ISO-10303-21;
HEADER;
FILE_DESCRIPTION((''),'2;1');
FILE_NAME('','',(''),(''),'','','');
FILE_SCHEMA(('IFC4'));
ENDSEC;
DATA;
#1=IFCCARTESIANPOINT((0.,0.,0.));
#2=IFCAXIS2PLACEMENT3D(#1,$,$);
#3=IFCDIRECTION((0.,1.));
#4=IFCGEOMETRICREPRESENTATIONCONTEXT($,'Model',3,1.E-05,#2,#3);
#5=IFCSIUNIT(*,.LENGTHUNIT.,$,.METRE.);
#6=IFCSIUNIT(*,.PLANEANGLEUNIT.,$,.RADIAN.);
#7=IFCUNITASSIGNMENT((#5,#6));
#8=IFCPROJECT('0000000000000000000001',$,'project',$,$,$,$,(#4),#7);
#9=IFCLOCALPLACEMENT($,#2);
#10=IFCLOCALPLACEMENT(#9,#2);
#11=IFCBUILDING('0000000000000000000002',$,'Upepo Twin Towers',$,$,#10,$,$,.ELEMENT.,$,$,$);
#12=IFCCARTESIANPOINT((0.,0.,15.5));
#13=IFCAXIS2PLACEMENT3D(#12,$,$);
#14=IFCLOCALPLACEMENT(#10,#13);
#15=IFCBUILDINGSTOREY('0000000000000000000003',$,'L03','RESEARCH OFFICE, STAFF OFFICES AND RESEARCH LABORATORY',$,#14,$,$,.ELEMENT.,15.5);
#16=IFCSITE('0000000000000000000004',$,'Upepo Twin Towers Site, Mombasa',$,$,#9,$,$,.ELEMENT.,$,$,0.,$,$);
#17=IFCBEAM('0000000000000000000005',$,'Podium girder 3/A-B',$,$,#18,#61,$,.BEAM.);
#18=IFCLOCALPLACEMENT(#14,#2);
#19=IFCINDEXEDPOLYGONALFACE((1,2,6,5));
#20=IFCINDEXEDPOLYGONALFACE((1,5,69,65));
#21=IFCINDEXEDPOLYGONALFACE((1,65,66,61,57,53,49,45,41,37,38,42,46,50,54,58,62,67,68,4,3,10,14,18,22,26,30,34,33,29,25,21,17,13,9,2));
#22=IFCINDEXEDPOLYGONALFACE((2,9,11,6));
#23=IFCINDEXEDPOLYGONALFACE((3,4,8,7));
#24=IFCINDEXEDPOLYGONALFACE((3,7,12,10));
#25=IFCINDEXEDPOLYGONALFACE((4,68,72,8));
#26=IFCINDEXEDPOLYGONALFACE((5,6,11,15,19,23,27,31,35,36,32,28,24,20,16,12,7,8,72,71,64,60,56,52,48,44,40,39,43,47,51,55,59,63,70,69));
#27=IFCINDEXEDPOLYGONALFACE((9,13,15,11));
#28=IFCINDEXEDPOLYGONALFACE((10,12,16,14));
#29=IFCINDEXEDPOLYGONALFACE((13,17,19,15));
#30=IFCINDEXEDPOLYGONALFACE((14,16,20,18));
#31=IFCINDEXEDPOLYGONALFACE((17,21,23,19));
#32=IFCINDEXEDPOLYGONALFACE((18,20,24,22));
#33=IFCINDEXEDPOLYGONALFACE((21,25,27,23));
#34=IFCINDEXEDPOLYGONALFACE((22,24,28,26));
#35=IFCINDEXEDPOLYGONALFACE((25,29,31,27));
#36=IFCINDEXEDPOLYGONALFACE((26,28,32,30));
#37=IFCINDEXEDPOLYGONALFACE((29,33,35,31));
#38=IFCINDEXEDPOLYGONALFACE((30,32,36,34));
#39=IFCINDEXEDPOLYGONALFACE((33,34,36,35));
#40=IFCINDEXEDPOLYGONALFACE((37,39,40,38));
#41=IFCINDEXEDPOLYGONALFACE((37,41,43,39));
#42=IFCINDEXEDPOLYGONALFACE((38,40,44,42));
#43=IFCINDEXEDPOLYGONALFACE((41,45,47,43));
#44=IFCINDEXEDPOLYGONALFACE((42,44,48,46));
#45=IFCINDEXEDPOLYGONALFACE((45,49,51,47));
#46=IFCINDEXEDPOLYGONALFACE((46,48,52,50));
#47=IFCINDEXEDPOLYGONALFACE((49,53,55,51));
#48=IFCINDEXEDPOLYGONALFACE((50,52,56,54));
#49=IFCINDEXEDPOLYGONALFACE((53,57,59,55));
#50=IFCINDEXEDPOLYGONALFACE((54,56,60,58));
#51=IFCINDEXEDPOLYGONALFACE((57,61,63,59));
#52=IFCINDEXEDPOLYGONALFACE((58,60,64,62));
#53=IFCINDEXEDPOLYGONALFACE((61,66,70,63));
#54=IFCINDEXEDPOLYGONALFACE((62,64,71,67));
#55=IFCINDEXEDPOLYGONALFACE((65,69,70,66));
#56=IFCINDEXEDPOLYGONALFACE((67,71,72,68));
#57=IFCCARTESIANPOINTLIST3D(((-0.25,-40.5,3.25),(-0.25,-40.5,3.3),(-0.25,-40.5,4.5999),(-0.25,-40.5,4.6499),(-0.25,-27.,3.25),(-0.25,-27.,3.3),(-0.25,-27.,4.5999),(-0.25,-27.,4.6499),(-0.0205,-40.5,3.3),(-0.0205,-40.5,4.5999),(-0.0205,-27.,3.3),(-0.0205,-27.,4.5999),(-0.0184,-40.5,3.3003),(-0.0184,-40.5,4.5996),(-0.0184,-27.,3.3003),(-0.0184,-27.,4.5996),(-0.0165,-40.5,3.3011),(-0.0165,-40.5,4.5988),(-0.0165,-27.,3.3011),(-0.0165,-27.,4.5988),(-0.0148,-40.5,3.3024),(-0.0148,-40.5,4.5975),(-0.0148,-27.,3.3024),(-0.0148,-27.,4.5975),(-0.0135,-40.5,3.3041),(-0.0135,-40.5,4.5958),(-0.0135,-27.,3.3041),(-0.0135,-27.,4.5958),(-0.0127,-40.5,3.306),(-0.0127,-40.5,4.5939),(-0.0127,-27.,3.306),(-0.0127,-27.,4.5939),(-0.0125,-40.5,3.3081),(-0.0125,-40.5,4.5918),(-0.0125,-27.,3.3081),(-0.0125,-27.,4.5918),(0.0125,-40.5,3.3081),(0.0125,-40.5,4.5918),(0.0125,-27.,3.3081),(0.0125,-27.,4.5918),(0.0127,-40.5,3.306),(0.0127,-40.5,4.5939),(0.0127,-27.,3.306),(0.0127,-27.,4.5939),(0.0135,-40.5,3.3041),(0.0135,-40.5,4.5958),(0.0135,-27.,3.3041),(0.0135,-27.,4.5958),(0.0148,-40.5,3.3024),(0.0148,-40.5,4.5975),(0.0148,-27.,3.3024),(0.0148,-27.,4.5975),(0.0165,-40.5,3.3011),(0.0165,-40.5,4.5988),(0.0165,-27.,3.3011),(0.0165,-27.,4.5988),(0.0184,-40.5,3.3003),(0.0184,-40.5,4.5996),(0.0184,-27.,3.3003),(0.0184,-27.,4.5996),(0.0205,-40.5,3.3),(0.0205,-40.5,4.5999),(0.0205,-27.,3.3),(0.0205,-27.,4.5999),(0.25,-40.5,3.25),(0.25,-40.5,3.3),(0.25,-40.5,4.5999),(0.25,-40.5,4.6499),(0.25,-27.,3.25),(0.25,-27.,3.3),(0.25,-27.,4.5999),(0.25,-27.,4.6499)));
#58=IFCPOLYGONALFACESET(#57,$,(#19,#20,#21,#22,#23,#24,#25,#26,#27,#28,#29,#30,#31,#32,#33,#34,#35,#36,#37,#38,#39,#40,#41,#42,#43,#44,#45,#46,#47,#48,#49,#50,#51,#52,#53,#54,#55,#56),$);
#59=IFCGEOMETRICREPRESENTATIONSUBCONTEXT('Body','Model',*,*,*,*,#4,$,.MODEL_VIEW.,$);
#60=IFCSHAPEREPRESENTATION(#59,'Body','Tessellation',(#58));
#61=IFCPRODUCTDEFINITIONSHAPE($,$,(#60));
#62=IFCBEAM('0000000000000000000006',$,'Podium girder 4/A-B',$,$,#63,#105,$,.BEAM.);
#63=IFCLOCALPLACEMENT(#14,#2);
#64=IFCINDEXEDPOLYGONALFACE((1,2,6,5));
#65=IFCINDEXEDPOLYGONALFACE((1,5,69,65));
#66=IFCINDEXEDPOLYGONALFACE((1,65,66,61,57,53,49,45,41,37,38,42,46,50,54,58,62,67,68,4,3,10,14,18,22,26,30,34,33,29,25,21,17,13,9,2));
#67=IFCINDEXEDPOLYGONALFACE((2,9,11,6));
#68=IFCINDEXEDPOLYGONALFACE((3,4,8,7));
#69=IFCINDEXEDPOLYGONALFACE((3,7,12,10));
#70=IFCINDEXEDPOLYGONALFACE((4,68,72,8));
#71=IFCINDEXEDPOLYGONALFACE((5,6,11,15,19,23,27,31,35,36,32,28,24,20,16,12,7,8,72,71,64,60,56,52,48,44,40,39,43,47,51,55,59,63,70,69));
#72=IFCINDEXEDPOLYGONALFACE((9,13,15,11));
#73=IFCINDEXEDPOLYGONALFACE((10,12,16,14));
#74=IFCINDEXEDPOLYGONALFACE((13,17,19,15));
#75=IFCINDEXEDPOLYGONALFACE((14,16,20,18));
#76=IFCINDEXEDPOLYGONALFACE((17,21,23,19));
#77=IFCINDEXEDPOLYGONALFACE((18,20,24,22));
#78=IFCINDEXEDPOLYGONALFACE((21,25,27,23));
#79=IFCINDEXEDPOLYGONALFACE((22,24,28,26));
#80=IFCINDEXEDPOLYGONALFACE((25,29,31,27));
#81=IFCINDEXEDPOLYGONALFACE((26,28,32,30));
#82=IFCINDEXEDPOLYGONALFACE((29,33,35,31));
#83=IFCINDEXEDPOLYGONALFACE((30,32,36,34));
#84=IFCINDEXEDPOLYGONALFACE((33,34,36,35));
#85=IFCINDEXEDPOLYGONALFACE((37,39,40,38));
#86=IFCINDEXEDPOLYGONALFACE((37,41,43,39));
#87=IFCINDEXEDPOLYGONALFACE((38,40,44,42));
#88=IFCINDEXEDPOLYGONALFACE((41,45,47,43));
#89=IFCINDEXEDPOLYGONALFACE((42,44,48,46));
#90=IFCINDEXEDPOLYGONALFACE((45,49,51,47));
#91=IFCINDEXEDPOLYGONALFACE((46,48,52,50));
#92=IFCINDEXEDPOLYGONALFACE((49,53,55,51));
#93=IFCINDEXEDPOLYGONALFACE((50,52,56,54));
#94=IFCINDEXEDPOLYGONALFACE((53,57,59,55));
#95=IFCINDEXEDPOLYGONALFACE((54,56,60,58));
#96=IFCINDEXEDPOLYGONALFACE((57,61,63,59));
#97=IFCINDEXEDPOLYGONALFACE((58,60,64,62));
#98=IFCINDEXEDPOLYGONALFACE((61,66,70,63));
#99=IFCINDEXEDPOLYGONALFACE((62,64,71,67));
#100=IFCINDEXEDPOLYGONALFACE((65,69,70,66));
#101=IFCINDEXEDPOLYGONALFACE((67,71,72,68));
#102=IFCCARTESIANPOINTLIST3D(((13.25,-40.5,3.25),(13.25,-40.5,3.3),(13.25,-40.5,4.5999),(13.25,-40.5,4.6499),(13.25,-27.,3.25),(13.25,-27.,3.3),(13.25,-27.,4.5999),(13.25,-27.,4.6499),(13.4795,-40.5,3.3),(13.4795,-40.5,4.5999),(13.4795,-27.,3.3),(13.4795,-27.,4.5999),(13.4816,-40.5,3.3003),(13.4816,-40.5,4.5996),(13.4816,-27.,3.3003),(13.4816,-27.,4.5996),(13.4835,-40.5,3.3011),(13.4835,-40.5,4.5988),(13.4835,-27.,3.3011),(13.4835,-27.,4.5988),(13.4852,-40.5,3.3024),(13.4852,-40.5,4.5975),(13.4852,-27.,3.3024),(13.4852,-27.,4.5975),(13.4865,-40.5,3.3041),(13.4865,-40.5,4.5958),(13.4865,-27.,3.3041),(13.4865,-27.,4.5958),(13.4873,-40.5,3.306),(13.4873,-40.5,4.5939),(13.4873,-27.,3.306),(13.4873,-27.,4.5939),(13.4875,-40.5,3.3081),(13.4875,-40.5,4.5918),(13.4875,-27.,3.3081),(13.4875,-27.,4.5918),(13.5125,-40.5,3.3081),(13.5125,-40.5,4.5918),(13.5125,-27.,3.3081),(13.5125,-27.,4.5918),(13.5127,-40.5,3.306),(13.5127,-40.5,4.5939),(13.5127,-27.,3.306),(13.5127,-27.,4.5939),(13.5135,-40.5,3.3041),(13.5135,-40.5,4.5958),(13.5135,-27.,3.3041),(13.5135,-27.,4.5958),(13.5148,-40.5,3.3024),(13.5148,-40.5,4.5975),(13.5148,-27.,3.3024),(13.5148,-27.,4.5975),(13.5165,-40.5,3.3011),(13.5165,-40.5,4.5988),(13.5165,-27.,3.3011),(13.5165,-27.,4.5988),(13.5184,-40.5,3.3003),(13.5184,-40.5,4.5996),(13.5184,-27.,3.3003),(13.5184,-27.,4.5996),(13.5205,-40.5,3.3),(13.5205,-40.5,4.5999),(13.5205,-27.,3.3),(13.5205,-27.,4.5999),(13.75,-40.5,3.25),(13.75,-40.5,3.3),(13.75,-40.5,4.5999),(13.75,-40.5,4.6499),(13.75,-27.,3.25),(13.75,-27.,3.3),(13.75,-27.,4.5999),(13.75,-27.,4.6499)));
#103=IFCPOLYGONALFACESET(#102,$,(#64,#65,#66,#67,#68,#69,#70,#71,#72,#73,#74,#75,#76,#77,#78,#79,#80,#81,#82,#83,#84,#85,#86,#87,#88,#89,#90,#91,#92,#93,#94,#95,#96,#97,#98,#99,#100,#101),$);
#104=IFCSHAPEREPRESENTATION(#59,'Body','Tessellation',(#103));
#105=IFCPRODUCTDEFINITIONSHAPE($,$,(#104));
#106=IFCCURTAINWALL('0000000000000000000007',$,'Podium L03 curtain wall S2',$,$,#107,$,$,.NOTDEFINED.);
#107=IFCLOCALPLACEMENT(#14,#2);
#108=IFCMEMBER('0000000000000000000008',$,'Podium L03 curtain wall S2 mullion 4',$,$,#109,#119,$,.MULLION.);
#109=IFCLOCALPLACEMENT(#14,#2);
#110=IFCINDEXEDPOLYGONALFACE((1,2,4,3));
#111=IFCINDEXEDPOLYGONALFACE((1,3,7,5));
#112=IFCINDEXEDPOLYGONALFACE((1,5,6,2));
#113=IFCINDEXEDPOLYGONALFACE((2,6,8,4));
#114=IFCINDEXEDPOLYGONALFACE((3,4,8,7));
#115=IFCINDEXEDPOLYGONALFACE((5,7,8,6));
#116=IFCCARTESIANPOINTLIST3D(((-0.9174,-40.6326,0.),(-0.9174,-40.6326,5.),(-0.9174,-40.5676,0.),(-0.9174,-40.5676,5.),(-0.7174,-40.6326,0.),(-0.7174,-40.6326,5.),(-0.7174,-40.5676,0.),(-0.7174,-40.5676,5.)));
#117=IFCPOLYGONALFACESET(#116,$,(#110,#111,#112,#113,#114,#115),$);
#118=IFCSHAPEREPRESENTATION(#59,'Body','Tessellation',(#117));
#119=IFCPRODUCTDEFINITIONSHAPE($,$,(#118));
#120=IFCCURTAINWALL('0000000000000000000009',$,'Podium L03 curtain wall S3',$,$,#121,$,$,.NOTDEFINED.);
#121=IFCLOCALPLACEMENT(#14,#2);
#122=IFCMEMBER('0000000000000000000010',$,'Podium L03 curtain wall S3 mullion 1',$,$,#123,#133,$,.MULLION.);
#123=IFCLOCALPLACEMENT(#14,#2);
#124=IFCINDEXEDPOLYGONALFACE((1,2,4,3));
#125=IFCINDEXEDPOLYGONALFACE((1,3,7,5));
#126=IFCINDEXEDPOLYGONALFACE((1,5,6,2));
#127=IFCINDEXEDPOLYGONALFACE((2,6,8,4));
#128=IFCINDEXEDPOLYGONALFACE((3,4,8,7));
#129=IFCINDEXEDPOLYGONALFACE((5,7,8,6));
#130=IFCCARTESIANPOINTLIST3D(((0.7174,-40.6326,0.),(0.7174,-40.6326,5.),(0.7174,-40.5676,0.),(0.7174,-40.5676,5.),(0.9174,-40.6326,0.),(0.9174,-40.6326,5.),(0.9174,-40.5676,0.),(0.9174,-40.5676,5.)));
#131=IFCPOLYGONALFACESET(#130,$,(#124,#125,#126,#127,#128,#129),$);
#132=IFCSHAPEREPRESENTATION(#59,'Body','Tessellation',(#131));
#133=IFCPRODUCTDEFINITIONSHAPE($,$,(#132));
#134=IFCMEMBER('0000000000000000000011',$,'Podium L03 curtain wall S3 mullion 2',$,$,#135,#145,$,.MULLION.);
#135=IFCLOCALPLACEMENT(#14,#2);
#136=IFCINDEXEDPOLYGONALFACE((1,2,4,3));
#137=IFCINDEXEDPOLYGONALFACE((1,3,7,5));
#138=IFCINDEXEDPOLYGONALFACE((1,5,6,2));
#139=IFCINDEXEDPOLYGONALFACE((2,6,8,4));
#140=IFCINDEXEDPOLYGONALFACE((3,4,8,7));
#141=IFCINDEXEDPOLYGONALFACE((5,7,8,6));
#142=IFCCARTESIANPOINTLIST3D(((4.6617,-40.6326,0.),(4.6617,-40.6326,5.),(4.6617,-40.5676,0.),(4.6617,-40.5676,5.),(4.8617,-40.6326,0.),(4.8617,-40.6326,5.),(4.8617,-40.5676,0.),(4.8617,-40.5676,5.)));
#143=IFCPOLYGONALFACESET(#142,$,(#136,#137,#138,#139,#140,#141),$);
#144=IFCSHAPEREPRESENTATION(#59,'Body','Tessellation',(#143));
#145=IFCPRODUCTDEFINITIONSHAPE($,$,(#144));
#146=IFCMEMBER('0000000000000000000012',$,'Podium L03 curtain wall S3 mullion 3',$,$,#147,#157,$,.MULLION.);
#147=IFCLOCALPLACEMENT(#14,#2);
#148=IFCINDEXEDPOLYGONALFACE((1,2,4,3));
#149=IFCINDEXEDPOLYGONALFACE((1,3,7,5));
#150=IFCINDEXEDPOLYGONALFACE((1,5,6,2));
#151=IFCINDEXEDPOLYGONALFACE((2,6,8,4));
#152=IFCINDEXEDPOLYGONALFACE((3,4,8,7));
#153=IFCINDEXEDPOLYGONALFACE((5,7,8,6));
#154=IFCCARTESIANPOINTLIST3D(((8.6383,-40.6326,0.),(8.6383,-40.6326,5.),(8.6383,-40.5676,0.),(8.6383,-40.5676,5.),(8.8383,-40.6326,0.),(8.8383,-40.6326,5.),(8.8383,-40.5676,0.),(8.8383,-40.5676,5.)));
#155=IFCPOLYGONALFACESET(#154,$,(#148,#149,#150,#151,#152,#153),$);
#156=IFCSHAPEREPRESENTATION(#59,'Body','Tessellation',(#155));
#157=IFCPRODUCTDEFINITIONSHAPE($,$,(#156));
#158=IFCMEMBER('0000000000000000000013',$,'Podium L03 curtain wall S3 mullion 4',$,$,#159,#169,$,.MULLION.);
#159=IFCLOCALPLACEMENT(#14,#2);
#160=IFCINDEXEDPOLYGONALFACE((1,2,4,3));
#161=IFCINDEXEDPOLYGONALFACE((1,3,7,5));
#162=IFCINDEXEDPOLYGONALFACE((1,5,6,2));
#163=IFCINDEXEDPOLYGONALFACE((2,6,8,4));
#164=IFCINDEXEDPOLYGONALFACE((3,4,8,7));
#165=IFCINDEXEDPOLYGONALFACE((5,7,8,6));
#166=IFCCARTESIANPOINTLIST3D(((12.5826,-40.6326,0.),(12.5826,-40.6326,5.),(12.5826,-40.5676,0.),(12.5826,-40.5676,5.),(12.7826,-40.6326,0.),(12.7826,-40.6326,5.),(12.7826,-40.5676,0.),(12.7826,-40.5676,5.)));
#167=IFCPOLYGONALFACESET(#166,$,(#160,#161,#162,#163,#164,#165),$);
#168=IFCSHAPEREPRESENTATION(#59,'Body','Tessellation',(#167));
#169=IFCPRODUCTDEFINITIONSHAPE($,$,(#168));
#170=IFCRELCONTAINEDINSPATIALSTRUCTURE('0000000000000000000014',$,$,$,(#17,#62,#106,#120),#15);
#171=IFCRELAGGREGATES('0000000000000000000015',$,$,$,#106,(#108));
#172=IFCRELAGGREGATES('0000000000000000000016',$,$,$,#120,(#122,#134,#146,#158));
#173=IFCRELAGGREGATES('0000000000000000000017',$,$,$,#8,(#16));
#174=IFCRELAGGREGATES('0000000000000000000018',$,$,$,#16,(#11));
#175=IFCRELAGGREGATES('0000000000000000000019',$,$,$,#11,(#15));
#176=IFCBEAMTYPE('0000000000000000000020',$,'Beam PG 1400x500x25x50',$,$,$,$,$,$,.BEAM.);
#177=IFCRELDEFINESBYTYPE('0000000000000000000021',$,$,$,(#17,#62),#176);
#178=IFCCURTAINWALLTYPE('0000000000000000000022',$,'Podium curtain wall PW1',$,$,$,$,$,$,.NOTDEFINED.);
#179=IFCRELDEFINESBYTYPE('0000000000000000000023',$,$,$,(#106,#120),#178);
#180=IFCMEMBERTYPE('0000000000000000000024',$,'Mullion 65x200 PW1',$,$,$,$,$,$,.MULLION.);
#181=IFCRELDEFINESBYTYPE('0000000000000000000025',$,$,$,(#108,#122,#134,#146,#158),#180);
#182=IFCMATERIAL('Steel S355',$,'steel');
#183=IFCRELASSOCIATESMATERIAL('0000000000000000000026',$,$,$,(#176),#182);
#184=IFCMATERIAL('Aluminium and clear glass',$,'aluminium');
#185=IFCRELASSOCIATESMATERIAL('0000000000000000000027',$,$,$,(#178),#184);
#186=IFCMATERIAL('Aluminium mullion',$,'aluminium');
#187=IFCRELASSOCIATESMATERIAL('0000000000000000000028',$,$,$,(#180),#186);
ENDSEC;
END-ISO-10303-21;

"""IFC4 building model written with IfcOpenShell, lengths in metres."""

from ifc_helpers import new_model, si_unit, direction, frame, origin, origin_2d, place, context, subcontext, project, spatial, rectangle, i_section, extrude, material, material_profile, profile_set, type_object, element, aggregate, save


model = new_model("IFC4")

# Units and contexts
model_context = context("Model", 3, precision=1e-05, world=origin(), true_north=direction((0.0, 1.0)))
body_context = subcontext(model_context, "Body", "Model", "MODEL_VIEW")
ifc_project = project(units=[si_unit("LENGTHUNIT", "METRE"), si_unit("PLANEANGLEUNIT", "RADIAN")], contexts=[model_context])

# Site, building, storey
site_placement = place(None, origin())
site = spatial("IfcSite", under=ifc_project, at=site_placement, Name="Upepo Twin Towers Site, Mombasa", CompositionType="ELEMENT", RefElevation=0.0)
building_placement = place(site_placement, origin())
building = spatial("IfcBuilding", under=site, at=building_placement, Name="Upepo Twin Towers", CompositionType="ELEMENT")
storey_placement = place(building_placement, frame((0.0, 0.0, 15.5)))
storey = spatial("IfcBuildingStorey", under=building, at=storey_placement, Name="L03", Description="RESEARCH OFFICE, STAFF OFFICES AND RESEARCH LABORATORY", CompositionType="ELEMENT", Elevation=15.5)

# Beams
ifc_material_1 = material(Name="Steel S355", Category="steel")
ifc_material_profile_1 = material_profile(ifc_material_1, i_section(OverallWidth=0.5, OverallDepth=1.3999, WebThickness=0.0249, FlangeThickness=0.05, FilletRadius=0.0081, at=origin_2d()), Name="PG 1400x500x25x50")
ifc_profile_set_1 = profile_set([ifc_material_profile_1], Name="Steel S355")
beam_type_1 = type_object("IfcBeamType", Name="Beam PG 1400x500x25x50", PredefinedType="BEAM", material=ifc_profile_set_1)
for number, where, z_axis, x_axis, name in (
    (1, (0.0, -40.5, 3.95), (0.0, 1.0, 0.0), (-1.0, 0.0, 0.0), "Podium girder 3/A-B"),
    (2, (13.5, -40.5, 3.95), (0.0, 1.0, 0.0), (-1.0, 0.0, 0.0), "Podium girder 4/A-B"),
):
    element("IfcBeam", number, at=place(storey_placement, frame(where, z_axis=z_axis, x_axis=x_axis)), inside=storey, type_object=beam_type_1, Name=name, PredefinedType="BEAM", context=body_context, shape_type="SweptSolid", body=[
        extrude(i_section(OverallWidth=0.5, OverallDepth=1.3999, WebThickness=0.0249, FlangeThickness=0.05, FilletRadius=0.0081, at=origin_2d()), origin(), (0.0, 0.0, 1.0), 13.5),
    ])

# Curtain wall, member
ifc_material_2 = material(Name="Aluminium and clear glass", Category="aluminium")
curtain_wall_type = type_object("IfcCurtainWallType", Name="Podium curtain wall PW1", PredefinedType="NOTDEFINED", material=ifc_material_2)
curtain_wall_1_placement = place(storey_placement, origin())
curtain_wall_1 = element("IfcCurtainWall", 3, at=curtain_wall_1_placement, inside=storey, type_object=curtain_wall_type, Name="Podium L03 curtain wall S2", PredefinedType="NOTDEFINED")
ifc_material_3 = material(Name="Aluminium mullion", Category="aluminium")
ifc_material_profile_2 = material_profile(ifc_material_3, rectangle(XDim=0.0649, YDim=0.2, at=origin_2d()), Name="MULLION 65x200 PODIUM")
ifc_profile_set_2 = profile_set([ifc_material_profile_2], Name="Aluminium mullion")
member_type_1 = type_object("IfcMemberType", Name="Mullion 65x200 PW1", PredefinedType="MULLION", material=ifc_profile_set_2)
member_1_placement = place(storey_placement, frame((-0.8174, -40.6001, 0.0), z_axis=(0.0, 0.0, 1.0), x_axis=(0.0, 1.0, 0.0)))
member_1 = element("IfcMember", 4, at=member_1_placement, type_object=member_type_1, Name="Podium L03 curtain wall S2 mullion 4", PredefinedType="MULLION", context=body_context, shape_type="SweptSolid", body=[
    extrude(rectangle(XDim=0.0649, YDim=0.2, at=origin_2d()), origin(), (0.0, 0.0, 1.0), 5.0),
])

# Curtain wall, members
curtain_wall_2_placement = place(storey_placement, origin())
curtain_wall_2 = element("IfcCurtainWall", 5, at=curtain_wall_2_placement, inside=storey, type_object=curtain_wall_type, Name="Podium L03 curtain wall S3", PredefinedType="NOTDEFINED")
member_2_placement = place(storey_placement, frame((0.8174, -40.6001, 0.0), z_axis=(0.0, 0.0, 1.0), x_axis=(0.0, 1.0, 0.0)))
member_2 = element("IfcMember", 6, at=member_2_placement, type_object=member_type_1, Name="Podium L03 curtain wall S3 mullion 1", PredefinedType="MULLION", context=body_context, shape_type="SweptSolid", body=[
    extrude(rectangle(XDim=0.0649, YDim=0.2, at=origin_2d()), origin(), (0.0, 0.0, 1.0), 5.0),
])
member_3_placement = place(storey_placement, frame((4.7617, -40.6001, 0.0), z_axis=(0.0, 0.0, 1.0), x_axis=(0.0, 1.0, 0.0)))
member_3 = element("IfcMember", 7, at=member_3_placement, type_object=member_type_1, Name="Podium L03 curtain wall S3 mullion 2", PredefinedType="MULLION", context=body_context, shape_type="SweptSolid", body=[
    extrude(rectangle(XDim=0.0649, YDim=0.2, at=origin_2d()), origin(), (0.0, 0.0, 1.0), 5.0),
])
member_4_placement = place(storey_placement, frame((8.7383, -40.6001, 0.0), z_axis=(0.0, 0.0, 1.0), x_axis=(0.0, 1.0, 0.0)))
member_4 = element("IfcMember", 8, at=member_4_placement, type_object=member_type_1, Name="Podium L03 curtain wall S3 mullion 3", PredefinedType="MULLION", context=body_context, shape_type="SweptSolid", body=[
    extrude(rectangle(XDim=0.0649, YDim=0.2, at=origin_2d()), origin(), (0.0, 0.0, 1.0), 5.0),
])
member_5_placement = place(storey_placement, frame((12.6826, -40.6001, 0.0), z_axis=(0.0, 0.0, 1.0), x_axis=(0.0, 1.0, 0.0)))
member_5 = element("IfcMember", 9, at=member_5_placement, type_object=member_type_1, Name="Podium L03 curtain wall S3 mullion 4", PredefinedType="MULLION", context=body_context, shape_type="SweptSolid", body=[
    extrude(rectangle(XDim=0.0649, YDim=0.2, at=origin_2d()), origin(), (0.0, 0.0, 1.0), 5.0),
])

aggregate(curtain_wall_1, [member_1])
aggregate(curtain_wall_2, [member_2, member_3, member_4, member_5])

save(model, "model.ifc")
